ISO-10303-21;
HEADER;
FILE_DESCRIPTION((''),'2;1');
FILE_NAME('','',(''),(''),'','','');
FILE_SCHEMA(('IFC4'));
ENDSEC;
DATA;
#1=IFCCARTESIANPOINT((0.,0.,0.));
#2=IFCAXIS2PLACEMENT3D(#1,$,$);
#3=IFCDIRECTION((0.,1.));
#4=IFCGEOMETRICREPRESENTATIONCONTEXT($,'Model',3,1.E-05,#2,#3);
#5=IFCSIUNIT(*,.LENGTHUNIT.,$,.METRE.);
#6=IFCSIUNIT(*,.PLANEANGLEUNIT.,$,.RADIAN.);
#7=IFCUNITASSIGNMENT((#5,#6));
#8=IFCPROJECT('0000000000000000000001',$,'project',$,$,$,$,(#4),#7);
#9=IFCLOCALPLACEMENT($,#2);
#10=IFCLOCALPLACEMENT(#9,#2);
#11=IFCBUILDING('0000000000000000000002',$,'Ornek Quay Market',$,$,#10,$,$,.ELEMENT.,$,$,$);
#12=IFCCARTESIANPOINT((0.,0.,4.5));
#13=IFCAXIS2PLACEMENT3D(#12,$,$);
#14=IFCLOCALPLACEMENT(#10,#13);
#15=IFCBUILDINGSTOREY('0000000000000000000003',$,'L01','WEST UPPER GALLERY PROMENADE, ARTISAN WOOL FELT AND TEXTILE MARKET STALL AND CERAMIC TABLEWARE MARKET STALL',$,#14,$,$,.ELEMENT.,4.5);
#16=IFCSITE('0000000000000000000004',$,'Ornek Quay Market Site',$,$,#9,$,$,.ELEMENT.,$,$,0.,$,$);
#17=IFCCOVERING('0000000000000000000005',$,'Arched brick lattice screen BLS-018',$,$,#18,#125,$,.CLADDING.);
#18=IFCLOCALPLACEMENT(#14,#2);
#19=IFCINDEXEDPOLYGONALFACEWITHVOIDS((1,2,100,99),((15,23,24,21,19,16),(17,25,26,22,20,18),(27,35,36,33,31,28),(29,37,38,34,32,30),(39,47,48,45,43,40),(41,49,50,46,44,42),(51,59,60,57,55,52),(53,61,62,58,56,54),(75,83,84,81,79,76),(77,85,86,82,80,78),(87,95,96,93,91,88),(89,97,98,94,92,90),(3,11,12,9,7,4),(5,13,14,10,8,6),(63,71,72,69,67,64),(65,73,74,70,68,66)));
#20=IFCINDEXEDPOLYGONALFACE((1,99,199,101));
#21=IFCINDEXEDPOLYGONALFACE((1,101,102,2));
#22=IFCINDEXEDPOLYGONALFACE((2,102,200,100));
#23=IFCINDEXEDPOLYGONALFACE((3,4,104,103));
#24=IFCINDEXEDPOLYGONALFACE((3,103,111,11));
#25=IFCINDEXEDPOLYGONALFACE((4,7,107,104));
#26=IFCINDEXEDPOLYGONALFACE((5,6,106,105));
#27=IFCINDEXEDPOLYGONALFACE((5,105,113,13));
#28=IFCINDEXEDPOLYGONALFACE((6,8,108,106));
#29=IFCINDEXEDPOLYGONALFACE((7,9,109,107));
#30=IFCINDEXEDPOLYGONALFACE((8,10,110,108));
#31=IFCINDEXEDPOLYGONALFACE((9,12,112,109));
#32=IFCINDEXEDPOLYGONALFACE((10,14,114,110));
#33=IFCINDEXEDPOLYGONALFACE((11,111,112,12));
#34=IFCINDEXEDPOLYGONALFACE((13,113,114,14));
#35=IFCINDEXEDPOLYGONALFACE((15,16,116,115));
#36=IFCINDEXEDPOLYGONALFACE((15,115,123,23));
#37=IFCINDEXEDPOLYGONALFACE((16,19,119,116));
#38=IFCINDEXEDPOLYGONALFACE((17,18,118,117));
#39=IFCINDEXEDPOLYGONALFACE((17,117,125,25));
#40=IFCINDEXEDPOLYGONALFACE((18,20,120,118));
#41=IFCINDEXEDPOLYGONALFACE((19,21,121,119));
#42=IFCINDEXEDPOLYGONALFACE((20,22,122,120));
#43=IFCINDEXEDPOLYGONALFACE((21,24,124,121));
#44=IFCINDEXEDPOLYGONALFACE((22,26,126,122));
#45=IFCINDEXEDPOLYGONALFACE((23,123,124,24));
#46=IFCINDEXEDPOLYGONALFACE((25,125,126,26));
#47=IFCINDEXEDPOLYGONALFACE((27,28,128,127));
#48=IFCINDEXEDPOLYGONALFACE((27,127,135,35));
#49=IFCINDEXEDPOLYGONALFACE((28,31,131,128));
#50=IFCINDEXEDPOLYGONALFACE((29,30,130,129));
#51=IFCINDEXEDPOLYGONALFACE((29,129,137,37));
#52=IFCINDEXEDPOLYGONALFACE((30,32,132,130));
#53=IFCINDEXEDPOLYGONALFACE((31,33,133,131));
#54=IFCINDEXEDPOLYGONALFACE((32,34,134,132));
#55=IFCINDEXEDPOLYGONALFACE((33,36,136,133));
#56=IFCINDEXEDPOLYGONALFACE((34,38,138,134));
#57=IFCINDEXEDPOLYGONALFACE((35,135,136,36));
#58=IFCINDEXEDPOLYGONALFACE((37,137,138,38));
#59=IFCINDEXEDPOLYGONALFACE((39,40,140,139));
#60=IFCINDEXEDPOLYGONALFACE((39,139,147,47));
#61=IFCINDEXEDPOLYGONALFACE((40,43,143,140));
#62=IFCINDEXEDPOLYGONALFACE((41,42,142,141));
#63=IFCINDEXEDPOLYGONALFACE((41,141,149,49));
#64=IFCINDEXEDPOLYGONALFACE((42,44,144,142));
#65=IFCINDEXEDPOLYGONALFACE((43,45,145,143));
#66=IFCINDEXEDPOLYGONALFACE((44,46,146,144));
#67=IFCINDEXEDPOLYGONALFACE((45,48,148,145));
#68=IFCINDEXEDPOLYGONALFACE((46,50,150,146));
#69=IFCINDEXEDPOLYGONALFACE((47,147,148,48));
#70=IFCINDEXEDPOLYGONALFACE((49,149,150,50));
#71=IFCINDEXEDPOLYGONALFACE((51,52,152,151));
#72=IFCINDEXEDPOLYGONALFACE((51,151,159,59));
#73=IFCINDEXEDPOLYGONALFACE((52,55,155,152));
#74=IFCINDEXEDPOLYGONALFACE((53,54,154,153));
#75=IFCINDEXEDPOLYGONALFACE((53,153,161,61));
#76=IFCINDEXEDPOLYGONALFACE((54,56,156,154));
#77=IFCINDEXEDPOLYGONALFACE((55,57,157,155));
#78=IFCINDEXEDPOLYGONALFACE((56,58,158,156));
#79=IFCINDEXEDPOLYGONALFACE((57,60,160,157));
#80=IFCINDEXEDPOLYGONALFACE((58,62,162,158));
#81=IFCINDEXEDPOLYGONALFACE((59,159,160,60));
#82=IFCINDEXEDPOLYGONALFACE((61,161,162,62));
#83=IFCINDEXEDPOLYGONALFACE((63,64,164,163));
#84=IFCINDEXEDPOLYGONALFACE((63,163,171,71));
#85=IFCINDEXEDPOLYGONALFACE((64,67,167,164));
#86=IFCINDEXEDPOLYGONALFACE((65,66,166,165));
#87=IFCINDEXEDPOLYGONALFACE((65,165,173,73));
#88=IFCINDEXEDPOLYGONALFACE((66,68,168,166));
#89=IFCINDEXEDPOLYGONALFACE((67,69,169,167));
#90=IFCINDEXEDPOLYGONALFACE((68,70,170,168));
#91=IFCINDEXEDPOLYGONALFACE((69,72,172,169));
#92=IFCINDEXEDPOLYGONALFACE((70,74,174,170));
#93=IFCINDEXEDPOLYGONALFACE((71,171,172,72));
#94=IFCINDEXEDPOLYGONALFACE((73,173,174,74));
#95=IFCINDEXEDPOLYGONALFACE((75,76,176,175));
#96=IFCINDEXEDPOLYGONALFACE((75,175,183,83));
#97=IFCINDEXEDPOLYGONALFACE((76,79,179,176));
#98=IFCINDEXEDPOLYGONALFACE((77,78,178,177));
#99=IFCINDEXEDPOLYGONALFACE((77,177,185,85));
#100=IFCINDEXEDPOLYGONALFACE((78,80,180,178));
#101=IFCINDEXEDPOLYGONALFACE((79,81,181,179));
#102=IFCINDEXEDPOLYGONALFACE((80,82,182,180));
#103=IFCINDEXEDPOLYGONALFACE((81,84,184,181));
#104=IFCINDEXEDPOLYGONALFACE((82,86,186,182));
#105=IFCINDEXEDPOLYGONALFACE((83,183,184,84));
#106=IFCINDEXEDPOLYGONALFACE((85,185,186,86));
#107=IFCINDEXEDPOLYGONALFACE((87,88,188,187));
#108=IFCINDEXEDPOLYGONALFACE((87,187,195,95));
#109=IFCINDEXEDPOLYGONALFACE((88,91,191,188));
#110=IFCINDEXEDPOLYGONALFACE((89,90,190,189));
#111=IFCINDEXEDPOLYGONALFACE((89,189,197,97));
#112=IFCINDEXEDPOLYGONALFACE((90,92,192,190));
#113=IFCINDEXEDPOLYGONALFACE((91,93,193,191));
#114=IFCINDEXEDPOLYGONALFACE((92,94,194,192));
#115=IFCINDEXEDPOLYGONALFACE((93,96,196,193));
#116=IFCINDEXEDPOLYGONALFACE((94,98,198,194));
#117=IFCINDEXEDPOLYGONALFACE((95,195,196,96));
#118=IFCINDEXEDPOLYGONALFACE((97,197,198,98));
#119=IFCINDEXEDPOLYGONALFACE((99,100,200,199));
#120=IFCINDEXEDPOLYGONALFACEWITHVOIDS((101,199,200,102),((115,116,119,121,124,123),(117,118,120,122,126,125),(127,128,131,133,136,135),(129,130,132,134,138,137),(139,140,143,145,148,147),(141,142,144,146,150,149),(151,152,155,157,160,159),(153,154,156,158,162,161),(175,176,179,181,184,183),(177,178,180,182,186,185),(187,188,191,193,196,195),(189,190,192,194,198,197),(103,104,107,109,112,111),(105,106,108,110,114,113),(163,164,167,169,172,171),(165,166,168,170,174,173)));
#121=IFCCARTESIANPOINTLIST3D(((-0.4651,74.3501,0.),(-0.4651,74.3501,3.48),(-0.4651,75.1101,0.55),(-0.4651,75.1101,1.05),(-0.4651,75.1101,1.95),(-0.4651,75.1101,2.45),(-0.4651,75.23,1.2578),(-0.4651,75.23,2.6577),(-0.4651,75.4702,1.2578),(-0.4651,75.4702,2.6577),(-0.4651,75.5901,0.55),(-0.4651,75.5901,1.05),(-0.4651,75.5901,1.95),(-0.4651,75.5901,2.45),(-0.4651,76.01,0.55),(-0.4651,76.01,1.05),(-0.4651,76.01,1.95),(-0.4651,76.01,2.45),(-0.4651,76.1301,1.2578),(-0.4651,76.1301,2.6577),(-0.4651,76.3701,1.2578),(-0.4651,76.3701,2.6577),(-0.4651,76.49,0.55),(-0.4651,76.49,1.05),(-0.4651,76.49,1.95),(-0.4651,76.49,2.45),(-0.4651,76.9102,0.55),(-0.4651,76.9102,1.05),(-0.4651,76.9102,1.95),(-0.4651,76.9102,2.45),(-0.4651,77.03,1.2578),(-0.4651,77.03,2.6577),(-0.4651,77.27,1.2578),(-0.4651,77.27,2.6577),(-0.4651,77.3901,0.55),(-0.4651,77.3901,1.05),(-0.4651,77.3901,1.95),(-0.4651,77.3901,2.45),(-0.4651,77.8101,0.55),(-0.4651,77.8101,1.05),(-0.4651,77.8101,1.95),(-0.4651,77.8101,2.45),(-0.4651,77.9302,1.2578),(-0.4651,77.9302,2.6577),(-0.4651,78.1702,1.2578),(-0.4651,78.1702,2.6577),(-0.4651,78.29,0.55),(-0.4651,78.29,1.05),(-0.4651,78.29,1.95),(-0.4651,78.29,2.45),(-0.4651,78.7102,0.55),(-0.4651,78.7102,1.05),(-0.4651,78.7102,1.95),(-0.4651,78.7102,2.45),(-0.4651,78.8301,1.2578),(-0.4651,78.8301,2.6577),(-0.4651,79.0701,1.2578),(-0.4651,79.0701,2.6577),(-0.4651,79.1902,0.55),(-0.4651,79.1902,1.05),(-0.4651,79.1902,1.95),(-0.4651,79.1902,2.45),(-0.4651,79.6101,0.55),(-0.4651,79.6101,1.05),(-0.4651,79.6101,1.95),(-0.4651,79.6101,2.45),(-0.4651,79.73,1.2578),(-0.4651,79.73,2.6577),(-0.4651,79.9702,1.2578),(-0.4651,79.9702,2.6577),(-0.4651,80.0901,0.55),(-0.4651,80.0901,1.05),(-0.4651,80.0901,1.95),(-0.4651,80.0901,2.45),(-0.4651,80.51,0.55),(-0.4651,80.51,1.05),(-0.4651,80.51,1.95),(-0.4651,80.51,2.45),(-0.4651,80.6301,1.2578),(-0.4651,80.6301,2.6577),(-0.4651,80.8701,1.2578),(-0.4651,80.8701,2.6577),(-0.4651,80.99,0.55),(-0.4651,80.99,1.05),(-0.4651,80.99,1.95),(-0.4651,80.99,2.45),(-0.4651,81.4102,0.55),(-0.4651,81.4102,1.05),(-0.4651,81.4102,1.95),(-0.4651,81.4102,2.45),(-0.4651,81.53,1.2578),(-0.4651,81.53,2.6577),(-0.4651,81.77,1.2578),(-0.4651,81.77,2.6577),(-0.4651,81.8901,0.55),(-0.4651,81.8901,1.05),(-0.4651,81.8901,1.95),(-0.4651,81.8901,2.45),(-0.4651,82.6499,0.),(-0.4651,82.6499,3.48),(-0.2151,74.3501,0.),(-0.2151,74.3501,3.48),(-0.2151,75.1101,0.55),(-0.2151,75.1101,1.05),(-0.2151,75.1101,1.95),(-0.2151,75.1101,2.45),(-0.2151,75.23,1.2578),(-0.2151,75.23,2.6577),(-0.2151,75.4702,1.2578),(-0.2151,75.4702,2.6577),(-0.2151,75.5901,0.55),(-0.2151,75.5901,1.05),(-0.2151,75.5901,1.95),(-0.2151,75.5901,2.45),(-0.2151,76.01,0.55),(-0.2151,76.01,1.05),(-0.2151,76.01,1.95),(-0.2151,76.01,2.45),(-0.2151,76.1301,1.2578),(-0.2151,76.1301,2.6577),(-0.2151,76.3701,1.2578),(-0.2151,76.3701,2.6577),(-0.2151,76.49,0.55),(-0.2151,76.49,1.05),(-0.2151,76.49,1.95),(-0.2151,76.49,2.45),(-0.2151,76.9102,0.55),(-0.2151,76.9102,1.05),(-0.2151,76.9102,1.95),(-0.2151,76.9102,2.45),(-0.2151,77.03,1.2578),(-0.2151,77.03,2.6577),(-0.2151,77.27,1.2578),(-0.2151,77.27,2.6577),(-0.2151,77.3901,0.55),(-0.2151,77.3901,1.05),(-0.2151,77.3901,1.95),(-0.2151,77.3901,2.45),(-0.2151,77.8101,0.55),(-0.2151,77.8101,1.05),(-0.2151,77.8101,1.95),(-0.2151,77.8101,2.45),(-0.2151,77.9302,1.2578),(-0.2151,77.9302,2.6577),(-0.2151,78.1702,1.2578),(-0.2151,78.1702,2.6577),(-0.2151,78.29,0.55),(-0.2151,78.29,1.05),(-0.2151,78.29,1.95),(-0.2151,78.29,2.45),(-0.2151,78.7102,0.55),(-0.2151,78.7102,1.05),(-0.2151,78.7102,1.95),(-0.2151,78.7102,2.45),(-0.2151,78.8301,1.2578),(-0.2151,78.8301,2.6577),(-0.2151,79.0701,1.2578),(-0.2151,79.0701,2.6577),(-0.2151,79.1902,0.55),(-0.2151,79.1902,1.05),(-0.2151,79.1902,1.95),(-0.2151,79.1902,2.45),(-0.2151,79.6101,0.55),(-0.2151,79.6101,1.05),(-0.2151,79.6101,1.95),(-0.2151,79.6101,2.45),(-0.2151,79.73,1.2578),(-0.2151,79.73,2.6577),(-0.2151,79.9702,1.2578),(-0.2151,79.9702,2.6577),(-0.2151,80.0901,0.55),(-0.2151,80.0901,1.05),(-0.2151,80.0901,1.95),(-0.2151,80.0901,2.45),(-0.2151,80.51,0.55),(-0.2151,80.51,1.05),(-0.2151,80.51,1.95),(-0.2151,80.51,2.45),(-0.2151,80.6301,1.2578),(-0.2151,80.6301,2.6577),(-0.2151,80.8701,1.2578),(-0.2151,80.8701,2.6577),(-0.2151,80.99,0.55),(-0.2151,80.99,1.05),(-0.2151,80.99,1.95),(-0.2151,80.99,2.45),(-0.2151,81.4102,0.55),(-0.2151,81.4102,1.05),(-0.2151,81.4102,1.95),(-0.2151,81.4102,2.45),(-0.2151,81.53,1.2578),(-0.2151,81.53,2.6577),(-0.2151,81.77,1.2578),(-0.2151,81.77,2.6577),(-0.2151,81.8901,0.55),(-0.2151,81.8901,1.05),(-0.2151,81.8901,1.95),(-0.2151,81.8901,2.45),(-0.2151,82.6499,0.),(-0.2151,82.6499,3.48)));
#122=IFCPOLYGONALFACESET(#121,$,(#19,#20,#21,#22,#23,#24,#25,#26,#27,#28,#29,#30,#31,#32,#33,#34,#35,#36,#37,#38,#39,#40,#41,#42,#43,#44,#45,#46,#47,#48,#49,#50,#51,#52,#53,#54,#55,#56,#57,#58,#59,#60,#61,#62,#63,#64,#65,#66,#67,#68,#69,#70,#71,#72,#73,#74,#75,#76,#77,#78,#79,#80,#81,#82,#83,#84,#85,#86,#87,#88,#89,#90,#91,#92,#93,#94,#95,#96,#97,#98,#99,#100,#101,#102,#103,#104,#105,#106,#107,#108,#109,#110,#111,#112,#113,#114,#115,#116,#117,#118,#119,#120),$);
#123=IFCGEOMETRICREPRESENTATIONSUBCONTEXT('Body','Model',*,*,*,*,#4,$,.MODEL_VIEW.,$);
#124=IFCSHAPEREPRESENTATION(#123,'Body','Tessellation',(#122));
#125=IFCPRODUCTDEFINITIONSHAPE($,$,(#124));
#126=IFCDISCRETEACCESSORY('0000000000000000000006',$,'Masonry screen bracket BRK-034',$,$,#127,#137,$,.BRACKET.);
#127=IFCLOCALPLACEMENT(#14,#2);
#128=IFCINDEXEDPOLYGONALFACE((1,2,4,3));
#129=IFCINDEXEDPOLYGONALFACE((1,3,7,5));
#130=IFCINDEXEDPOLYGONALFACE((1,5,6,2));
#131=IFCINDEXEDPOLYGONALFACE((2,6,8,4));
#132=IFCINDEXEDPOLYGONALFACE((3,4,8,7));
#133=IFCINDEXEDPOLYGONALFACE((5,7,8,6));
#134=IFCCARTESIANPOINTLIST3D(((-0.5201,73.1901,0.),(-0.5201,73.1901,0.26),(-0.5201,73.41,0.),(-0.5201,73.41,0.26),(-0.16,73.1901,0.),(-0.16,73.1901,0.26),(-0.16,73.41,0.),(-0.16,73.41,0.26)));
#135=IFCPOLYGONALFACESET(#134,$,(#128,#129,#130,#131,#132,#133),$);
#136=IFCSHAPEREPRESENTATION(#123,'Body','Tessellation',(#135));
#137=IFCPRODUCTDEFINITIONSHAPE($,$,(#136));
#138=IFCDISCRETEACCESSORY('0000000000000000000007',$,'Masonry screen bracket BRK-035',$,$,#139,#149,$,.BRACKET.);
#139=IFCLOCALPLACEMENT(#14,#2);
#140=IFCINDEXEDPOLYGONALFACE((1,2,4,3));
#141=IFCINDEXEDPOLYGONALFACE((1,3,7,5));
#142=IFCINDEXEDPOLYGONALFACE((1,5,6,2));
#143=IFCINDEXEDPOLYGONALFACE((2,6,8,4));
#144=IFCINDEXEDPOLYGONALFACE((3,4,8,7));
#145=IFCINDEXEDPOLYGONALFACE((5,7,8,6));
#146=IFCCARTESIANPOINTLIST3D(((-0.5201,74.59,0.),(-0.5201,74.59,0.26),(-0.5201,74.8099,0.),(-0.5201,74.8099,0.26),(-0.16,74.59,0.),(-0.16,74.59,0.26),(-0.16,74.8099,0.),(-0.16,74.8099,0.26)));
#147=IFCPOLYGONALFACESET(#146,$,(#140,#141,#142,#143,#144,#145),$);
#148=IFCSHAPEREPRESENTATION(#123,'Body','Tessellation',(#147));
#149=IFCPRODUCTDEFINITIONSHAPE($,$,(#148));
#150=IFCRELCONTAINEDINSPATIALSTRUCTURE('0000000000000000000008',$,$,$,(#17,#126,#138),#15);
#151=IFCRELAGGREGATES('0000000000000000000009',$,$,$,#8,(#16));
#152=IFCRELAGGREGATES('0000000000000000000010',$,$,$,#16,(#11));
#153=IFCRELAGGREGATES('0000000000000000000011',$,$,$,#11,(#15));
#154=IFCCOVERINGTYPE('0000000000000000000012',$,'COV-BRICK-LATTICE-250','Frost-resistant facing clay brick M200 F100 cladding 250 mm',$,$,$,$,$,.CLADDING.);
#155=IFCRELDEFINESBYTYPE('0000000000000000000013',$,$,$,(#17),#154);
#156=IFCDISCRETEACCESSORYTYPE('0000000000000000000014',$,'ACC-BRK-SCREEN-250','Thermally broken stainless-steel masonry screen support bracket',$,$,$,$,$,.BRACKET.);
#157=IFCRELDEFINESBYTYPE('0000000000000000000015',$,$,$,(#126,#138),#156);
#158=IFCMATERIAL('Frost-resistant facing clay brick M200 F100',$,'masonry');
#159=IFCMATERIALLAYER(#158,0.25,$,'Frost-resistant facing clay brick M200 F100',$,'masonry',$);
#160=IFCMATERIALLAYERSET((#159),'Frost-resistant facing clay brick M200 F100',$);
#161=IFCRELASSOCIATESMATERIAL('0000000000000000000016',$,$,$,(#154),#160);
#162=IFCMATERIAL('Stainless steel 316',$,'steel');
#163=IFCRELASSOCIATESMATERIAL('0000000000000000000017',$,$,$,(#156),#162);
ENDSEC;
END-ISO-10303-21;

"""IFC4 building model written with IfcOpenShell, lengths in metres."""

from ifc_helpers import new_model, si_unit, direction, frame, origin, origin_2d, place, context, subcontext, project, spatial, polyline, rectangle, outline, extrude, material, layer, layer_set, type_object, element, save


model = new_model("IFC4")

# Units and contexts
model_context = context("Model", 3, precision=1e-05, world=origin(), true_north=direction((0.0, 1.0)))
body_context = subcontext(model_context, "Body", "Model", "MODEL_VIEW")
ifc_project = project(units=[si_unit("LENGTHUNIT", "METRE"), si_unit("PLANEANGLEUNIT", "RADIAN")], contexts=[model_context])

# Site, building, storey
site_placement = place(None, origin())
site = spatial("IfcSite", under=ifc_project, at=site_placement, Name="Ornek Quay Market Site", CompositionType="ELEMENT", RefElevation=0.0)
building_placement = place(site_placement, origin())
building = spatial("IfcBuilding", under=site, at=building_placement, Name="Ornek Quay Market", CompositionType="ELEMENT")
storey_placement = place(building_placement, frame((0.0, 0.0, 4.5)))
storey = spatial("IfcBuildingStorey", under=building, at=storey_placement, Name="L01", Description="WEST UPPER GALLERY PROMENADE, ARTISAN WOOL FELT AND TEXTILE MARKET STALL AND CERAMIC TABLEWARE MARKET STALL", CompositionType="ELEMENT", Elevation=4.5)

# Shared definitions
ifc_material_1 = material(Name="Frost-resistant facing clay brick M200 F100", Category="masonry")

# Covering
ifc_layer_1 = layer(ifc_material_1, 0.25, Name="Frost-resistant facing clay brick M200 F100", Category="masonry")
ifc_layer_set_1 = layer_set([ifc_layer_1], Name="Frost-resistant facing clay brick M200 F100")
covering_type = type_object("IfcCoveringType", Name="COV-BRICK-LATTICE-250", Description="Frost-resistant facing clay brick M200 F100 cladding 250 mm", PredefinedType="CLADDING", material=ifc_layer_set_1)
covering_placement = place(storey_placement, frame((-0.3401, 74.3501, 0.0), z_axis=(0.0, 0.0, 1.0), x_axis=(0.0, 1.0, 0.0)))
element("IfcCovering", 1, at=covering_placement, inside=storey, type_object=covering_type, Name="Arched brick lattice screen BLS-018", PredefinedType="CLADDING", context=body_context, shape_type="SweptSolid", body=[
    extrude(outline(polyline([(0.0, 0.0), (8.2998, 0.0), (8.2998, 3.48), (0.0, 3.48), (0.0, 0.0)]), holes=[polyline([(0.76, 0.55), (1.24, 0.55), (1.24, 1.05), (1.1201, 1.2578), (0.8799, 1.2578), (0.76, 1.05), (0.76, 0.55)]), polyline([(0.76, 1.95), (1.24, 1.95), (1.24, 2.45), (1.1201, 2.6577), (0.8799, 2.6577), (0.76, 2.45), (0.76, 1.95)]), polyline([(1.6599, 0.55), (2.1399, 0.55), (2.1399, 1.05), (2.02, 1.2578), (1.78, 1.2578), (1.6599, 1.05), (1.6599, 0.55)]), polyline([(1.6599, 1.95), (2.1399, 1.95), (2.1399, 2.45), (2.02, 2.6577), (1.78, 2.6577), (1.6599, 2.45), (1.6599, 1.95)]), polyline([(2.5601, 0.55), (3.04, 0.55), (3.04, 1.05), (2.9199, 1.2578), (2.6799, 1.2578), (2.5601, 1.05), (2.5601, 0.55)]), polyline([(2.5601, 1.95), (3.04, 1.95), (3.04, 2.45), (2.9199, 2.6577), (2.6799, 2.6577), (2.5601, 2.45), (2.5601, 1.95)]), polyline([(3.46, 0.55), (3.9399, 0.55), (3.9399, 1.05), (3.8201, 1.2578), (3.5801, 1.2578), (3.46, 1.05), (3.46, 0.55)]), polyline([(3.46, 1.95), (3.9399, 1.95), (3.9399, 2.45), (3.8201, 2.6577), (3.5801, 2.6577), (3.46, 2.45), (3.46, 1.95)]), polyline([(4.3601, 0.55), (4.8401, 0.55), (4.8401, 1.05), (4.72, 1.2578), (4.48, 1.2578), (4.3601, 1.05), (4.3601, 0.55)]), polyline([(4.3601, 1.95), (4.8401, 1.95), (4.8401, 2.45), (4.72, 2.6577), (4.48, 2.6577), (4.3601, 2.45), (4.3601, 1.95)]), polyline([(5.26, 0.55), (5.74, 0.55), (5.74, 1.05), (5.6201, 1.2578), (5.3799, 1.2578), (5.26, 1.05), (5.26, 0.55)]), polyline([(5.26, 1.95), (5.74, 1.95), (5.74, 2.45), (5.6201, 2.6577), (5.3799, 2.6577), (5.26, 2.45), (5.26, 1.95)]), polyline([(6.1599, 0.55), (6.6399, 0.55), (6.6399, 1.05), (6.52, 1.2578), (6.28, 1.2578), (6.1599, 1.05), (6.1599, 0.55)]), polyline([(6.1599, 1.95), (6.6399, 1.95), (6.6399, 2.45), (6.52, 2.6577), (6.28, 2.6577), (6.1599, 2.45), (6.1599, 1.95)]), polyline([(7.0601, 0.55), (7.54, 0.55), (7.54, 1.05), (7.4199, 1.2578), (7.1799, 1.2578), (7.0601, 1.05), (7.0601, 0.55)]), polyline([(7.0601, 1.95), (7.54, 1.95), (7.54, 2.45), (7.4199, 2.6577), (7.1799, 2.6577), (7.0601, 2.45), (7.0601, 1.95)])]), frame((0.0, 0.125, 0.0), z_axis=(0.0, -1.0, 0.0), x_axis=(1.0, 0.0, 0.0)), (0.0, 0.0, 1.0), 0.25),
])

# Discrete accessories
ifc_material_2 = material(Name="Stainless steel 316", Category="steel")
discrete_accessory_type = type_object("IfcDiscreteAccessoryType", Name="ACC-BRK-SCREEN-250", Description="Thermally broken stainless-steel masonry screen support bracket", PredefinedType="BRACKET", material=ifc_material_2)
for number, where, z_axis, x_axis, name in (
    (2, (-0.3401, 73.3, 0.0), (0.0, 0.0, 1.0), (0.0, 1.0, 0.0), "Masonry screen bracket BRK-034"),
    (3, (-0.3401, 74.7, 0.0), (0.0, 0.0, 1.0), (0.0, 1.0, 0.0), "Masonry screen bracket BRK-035"),
):
    element("IfcDiscreteAccessory", number, at=place(storey_placement, frame(where, z_axis=z_axis, x_axis=x_axis)), inside=storey, type_object=discrete_accessory_type, Name=name, PredefinedType="BRACKET", context=body_context, shape_type="SweptSolid", body=[
        extrude(rectangle(XDim=0.22, YDim=0.3601, at=origin_2d()), origin(), (0.0, 0.0, 1.0), 0.26),
    ])

save(model, "model.ifc")
